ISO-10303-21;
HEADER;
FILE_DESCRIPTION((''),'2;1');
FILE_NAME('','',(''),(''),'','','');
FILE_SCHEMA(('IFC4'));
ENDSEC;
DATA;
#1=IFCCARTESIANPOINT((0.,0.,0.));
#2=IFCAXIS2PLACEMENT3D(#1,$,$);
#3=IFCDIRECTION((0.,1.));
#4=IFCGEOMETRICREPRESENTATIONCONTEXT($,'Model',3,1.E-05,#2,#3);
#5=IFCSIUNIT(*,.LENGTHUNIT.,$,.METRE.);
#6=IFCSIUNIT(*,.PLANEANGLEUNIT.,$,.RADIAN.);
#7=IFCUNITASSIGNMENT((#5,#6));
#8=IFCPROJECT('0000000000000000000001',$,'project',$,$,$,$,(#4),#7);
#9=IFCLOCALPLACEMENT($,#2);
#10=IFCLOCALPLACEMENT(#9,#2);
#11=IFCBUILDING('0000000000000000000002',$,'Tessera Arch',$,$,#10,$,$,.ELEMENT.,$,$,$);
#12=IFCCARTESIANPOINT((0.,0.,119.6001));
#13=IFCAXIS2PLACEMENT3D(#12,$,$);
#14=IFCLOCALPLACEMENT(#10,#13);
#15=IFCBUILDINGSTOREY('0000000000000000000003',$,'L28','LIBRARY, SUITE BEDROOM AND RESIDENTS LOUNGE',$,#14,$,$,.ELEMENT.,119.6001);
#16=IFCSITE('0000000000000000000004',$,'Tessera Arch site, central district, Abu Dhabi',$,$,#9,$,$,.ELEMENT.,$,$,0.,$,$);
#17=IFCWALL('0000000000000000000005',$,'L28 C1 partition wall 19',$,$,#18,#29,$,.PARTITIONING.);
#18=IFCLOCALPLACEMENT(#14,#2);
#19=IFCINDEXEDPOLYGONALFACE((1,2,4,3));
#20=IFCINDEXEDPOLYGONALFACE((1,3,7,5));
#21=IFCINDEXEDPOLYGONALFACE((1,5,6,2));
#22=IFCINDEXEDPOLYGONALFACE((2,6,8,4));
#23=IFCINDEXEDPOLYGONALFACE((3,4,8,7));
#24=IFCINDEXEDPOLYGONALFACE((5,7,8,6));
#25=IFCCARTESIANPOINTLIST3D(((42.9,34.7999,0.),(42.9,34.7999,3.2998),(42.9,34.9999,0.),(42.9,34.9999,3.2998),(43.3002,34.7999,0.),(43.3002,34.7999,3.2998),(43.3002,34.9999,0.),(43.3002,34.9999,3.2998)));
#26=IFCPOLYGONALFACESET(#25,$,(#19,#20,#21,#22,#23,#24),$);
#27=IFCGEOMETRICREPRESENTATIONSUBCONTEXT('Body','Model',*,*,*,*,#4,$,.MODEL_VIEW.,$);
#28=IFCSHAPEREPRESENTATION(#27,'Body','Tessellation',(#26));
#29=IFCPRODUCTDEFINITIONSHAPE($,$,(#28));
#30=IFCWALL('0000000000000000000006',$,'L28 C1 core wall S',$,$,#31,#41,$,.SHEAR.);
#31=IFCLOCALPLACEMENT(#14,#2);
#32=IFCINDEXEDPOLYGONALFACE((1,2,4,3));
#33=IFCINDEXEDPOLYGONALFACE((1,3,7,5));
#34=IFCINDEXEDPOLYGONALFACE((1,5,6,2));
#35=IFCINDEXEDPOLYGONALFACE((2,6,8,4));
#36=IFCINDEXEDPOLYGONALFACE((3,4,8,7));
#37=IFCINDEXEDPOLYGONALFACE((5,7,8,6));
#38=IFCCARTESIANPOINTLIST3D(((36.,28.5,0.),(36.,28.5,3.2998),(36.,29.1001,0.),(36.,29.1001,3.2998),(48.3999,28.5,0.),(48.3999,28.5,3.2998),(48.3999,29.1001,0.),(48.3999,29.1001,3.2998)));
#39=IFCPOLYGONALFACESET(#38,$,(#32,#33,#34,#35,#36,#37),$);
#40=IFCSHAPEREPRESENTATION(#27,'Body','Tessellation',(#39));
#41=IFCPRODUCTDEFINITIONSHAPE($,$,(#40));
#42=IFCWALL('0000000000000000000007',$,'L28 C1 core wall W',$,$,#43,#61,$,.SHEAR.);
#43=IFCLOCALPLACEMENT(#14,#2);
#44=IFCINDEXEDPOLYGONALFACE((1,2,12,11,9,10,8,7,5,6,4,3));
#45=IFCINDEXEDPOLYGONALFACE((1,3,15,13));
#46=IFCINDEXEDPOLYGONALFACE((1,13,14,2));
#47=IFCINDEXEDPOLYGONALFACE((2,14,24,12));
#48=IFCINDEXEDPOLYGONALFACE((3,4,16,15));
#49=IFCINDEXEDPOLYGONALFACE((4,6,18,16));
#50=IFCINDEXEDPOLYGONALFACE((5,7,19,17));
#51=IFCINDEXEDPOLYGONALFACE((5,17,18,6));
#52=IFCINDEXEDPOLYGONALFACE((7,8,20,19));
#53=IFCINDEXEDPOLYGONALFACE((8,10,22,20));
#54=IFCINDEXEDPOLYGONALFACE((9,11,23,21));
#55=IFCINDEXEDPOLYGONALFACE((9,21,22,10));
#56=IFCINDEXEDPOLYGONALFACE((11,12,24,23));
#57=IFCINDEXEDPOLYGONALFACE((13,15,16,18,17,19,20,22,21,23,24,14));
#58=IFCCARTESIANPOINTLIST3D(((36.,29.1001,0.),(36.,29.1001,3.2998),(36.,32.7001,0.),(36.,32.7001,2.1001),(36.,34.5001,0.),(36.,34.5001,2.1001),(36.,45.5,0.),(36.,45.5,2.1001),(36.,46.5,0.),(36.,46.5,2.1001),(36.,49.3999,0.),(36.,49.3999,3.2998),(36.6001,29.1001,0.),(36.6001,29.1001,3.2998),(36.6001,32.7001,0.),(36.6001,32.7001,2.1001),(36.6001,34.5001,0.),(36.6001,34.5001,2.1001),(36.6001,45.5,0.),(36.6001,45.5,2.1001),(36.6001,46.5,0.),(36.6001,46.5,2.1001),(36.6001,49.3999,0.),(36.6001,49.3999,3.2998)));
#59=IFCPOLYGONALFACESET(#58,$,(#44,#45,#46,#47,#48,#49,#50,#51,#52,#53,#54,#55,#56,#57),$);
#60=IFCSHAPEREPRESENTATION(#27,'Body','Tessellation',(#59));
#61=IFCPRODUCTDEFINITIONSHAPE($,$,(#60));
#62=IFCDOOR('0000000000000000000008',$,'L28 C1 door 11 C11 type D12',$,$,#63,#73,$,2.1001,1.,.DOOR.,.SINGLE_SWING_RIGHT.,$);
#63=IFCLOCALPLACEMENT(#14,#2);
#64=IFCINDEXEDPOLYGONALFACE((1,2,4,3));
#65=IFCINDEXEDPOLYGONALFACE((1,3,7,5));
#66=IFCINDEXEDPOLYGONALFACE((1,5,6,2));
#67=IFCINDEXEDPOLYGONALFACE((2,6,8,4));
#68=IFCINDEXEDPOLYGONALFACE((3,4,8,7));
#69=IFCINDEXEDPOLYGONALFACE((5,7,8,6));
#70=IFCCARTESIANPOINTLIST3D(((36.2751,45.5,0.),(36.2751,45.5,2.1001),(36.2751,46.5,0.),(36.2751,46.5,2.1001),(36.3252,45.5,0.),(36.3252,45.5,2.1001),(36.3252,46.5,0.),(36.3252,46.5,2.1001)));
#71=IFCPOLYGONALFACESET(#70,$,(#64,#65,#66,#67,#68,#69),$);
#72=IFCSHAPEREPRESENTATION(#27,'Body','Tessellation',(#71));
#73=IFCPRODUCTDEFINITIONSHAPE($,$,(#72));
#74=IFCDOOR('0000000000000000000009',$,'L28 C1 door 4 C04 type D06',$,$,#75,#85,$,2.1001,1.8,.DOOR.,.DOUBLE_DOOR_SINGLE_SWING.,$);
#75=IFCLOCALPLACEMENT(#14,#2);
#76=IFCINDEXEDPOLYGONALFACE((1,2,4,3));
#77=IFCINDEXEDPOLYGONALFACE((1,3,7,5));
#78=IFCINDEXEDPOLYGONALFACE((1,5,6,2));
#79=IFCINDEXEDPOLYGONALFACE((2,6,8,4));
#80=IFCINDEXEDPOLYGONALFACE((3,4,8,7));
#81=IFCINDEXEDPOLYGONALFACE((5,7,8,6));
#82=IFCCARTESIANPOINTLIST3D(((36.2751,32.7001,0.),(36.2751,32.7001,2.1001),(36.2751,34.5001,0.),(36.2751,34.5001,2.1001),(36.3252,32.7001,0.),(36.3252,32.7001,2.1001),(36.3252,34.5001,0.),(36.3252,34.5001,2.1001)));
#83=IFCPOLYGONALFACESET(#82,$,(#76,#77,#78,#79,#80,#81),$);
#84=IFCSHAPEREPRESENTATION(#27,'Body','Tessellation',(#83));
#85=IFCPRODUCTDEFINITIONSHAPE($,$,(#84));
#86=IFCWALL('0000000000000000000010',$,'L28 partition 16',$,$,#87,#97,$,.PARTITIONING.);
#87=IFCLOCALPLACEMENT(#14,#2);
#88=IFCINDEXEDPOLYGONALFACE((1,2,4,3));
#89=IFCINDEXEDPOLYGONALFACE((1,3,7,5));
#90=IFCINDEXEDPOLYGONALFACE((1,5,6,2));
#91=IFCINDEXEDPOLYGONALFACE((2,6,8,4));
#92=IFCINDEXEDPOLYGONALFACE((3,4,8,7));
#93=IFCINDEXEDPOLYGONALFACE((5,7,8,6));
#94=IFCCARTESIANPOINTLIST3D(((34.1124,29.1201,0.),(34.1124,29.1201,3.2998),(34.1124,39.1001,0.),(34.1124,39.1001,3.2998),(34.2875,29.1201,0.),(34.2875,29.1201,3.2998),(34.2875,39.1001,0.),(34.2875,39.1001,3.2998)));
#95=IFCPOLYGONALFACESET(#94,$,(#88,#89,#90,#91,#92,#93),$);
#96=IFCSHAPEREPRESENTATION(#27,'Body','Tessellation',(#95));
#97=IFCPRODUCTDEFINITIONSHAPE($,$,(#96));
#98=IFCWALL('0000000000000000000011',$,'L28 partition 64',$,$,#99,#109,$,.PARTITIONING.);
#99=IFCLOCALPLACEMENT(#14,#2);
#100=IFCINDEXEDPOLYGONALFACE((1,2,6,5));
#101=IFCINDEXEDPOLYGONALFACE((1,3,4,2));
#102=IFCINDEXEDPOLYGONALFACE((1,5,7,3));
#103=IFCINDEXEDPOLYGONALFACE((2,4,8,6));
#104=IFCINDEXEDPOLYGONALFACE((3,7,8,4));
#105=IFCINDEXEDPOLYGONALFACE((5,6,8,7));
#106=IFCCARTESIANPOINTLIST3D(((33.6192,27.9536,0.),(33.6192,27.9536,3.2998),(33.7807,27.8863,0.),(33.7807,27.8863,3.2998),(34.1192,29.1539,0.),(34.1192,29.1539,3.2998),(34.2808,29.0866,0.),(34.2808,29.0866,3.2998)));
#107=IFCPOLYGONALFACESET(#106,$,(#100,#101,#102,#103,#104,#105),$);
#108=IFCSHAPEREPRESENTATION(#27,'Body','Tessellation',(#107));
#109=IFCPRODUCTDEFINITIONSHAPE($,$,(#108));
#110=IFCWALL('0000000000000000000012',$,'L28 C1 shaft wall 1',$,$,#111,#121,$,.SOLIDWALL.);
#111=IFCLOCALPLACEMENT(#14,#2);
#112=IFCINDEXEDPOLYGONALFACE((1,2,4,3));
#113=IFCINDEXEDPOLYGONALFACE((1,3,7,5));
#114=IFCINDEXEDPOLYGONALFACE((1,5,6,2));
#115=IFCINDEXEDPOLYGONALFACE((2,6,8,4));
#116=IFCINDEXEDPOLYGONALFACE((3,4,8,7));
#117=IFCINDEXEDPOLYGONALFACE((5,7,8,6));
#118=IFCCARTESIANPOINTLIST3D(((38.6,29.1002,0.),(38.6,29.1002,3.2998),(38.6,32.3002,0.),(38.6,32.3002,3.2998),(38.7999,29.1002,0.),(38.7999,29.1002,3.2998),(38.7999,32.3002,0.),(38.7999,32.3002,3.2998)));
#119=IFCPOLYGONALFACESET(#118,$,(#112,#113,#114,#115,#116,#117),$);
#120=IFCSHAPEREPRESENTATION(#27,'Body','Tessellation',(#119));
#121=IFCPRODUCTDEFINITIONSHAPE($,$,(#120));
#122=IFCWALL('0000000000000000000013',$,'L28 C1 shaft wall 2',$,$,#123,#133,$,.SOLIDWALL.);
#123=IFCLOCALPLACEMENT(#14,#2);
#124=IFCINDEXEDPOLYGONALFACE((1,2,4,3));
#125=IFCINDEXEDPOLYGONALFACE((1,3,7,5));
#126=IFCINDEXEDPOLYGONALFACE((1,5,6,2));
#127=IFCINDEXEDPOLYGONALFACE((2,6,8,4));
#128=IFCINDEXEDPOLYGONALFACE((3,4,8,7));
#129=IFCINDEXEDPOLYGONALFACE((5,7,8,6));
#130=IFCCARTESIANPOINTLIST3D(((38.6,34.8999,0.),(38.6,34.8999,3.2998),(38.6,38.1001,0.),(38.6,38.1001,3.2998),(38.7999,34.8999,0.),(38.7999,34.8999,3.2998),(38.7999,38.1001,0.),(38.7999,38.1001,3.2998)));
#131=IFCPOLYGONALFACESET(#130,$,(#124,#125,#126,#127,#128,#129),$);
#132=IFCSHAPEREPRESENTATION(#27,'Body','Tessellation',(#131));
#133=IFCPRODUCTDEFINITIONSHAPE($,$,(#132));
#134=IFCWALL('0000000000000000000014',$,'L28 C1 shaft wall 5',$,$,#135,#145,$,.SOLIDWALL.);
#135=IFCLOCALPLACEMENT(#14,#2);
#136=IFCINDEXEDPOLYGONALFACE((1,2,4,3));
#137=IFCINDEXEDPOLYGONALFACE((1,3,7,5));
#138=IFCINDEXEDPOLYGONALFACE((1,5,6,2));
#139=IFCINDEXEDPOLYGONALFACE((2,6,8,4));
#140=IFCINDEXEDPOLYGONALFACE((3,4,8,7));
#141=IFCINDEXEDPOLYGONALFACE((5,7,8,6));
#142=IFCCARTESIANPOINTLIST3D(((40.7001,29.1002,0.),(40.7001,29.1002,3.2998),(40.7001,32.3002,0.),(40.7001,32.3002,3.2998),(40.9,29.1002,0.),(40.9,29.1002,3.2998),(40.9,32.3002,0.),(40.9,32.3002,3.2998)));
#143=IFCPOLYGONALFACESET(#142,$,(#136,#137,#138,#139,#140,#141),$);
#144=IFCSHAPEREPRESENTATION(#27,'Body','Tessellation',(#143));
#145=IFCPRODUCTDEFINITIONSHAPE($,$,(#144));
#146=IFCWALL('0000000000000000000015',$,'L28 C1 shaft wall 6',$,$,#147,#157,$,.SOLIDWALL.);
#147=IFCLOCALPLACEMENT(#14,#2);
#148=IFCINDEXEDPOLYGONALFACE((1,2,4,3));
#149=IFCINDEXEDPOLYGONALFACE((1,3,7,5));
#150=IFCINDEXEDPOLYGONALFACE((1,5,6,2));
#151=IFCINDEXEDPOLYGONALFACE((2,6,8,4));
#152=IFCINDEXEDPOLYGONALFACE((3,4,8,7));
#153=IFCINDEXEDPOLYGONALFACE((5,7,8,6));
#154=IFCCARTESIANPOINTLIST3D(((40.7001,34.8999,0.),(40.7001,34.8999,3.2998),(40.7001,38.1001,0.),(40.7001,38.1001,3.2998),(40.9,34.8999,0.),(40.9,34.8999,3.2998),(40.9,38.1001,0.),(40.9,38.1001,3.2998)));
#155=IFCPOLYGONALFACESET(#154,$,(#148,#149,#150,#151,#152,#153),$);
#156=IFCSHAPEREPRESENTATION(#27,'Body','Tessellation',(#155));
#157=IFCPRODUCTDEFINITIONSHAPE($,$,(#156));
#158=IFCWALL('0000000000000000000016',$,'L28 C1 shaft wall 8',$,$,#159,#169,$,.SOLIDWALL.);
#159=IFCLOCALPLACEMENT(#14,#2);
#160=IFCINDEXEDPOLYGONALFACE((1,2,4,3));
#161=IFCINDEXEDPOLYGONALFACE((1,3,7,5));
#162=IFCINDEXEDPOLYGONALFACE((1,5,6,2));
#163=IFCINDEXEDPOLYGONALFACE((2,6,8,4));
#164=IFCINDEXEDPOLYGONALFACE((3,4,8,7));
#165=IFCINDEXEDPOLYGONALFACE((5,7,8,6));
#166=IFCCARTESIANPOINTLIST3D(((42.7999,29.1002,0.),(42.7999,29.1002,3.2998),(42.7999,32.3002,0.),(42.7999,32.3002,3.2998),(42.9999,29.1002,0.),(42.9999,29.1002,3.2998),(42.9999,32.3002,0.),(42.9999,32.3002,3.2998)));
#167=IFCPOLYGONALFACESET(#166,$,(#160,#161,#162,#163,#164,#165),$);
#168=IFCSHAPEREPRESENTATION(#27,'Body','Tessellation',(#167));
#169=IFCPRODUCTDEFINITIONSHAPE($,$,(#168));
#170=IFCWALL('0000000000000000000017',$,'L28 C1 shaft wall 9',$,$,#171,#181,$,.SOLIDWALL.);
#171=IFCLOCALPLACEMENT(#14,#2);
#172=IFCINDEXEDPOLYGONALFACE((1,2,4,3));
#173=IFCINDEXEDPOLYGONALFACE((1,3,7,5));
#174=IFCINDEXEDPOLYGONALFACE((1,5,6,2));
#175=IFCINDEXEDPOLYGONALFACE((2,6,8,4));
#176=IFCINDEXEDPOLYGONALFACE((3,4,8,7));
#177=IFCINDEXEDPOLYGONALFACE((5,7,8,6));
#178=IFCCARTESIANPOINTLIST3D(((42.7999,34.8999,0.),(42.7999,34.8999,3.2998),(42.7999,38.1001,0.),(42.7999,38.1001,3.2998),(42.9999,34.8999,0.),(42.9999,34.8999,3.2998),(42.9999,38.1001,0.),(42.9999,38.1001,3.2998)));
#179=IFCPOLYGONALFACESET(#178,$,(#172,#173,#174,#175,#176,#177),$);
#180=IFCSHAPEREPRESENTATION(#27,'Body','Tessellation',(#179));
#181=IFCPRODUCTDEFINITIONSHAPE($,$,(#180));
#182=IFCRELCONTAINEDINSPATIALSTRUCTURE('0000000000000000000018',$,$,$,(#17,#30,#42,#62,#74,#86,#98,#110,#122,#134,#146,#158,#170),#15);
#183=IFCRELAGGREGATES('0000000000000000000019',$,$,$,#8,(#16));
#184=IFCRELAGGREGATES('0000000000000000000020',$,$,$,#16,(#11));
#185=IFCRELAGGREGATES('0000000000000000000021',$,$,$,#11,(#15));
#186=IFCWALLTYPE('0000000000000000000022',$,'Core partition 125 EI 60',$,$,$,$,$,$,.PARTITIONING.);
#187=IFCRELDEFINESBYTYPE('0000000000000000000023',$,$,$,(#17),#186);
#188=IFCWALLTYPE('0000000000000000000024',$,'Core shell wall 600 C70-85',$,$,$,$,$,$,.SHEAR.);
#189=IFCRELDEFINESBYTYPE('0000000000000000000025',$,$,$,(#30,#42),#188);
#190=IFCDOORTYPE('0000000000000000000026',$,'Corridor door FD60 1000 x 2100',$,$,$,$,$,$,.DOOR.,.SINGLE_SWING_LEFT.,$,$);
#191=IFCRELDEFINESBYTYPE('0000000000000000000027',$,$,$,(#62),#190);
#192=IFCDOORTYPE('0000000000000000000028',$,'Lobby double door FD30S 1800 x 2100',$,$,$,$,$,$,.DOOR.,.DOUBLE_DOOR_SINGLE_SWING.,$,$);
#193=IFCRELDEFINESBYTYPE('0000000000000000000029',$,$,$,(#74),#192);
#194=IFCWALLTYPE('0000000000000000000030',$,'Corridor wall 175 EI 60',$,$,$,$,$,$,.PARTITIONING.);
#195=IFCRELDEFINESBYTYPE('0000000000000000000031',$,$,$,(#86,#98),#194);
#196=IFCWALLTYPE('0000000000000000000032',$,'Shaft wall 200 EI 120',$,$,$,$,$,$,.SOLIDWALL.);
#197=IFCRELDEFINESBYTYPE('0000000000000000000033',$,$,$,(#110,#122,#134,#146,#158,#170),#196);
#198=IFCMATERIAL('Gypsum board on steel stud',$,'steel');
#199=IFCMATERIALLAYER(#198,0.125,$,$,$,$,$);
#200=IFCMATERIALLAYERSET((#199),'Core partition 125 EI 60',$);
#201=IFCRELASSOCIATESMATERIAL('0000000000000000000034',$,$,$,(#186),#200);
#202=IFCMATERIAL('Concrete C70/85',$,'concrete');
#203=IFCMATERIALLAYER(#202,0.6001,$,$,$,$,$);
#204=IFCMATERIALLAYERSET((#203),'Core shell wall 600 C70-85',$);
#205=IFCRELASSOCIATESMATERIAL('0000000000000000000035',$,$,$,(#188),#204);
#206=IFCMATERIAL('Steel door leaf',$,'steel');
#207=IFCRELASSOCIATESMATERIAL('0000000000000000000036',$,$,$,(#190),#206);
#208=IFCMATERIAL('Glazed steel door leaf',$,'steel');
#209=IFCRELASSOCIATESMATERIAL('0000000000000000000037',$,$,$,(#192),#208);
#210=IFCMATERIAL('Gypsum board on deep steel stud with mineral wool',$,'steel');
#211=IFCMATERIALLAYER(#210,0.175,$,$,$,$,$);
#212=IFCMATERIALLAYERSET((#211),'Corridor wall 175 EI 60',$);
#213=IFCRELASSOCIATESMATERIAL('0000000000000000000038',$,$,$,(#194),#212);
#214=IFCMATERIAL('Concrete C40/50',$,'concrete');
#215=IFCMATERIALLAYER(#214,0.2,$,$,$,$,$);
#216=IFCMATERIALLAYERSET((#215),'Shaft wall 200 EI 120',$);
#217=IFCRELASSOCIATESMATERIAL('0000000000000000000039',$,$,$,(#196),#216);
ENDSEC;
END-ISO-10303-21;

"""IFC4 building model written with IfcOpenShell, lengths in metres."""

from ifc_helpers import new_model, si_unit, direction, frame, frame_2d, origin, place, context, subcontext, project, spatial, rectangle, extrude, material, layer, layer_set, type_object, element, fill, save


model = new_model("IFC4")

# Units and contexts
model_context = context("Model", 3, precision=1e-05, world=origin(), true_north=direction((0.0, 1.0)))
body_context = subcontext(model_context, "Body", "Model", "MODEL_VIEW")
ifc_project = project(units=[si_unit("LENGTHUNIT", "METRE"), si_unit("PLANEANGLEUNIT", "RADIAN")], contexts=[model_context])

# Site, building, storey
site_placement = place(None, origin())
site = spatial("IfcSite", under=ifc_project, at=site_placement, Name="Tessera Arch site, central district, Abu Dhabi", CompositionType="ELEMENT", RefElevation=0.0)
building_placement = place(site_placement, origin())
building = spatial("IfcBuilding", under=site, at=building_placement, Name="Tessera Arch", CompositionType="ELEMENT")
storey_placement = place(building_placement, frame((0.0, 0.0, 119.6001)))
storey = spatial("IfcBuildingStorey", under=building, at=storey_placement, Name="L28", Description="LIBRARY, SUITE BEDROOM AND RESIDENTS LOUNGE", CompositionType="ELEMENT", Elevation=119.6001)

# Walls
ifc_material_1 = material(Name="Gypsum board on steel stud", Category="steel")
ifc_layer_1 = layer(ifc_material_1, 0.125)
ifc_layer_set_1 = layer_set([ifc_layer_1], Name="Core partition 125 EI 60")
wall_type_1 = type_object("IfcWallType", Name="Core partition 125 EI 60", PredefinedType="PARTITIONING", material=ifc_layer_set_1)
wall_1_placement = place(storey_placement, frame((42.8999, 34.8999, 0.0), z_axis=(0.0, 0.0, 1.0), x_axis=(1.0, 0.0, 0.0)))
element("IfcWall", 1, at=wall_1_placement, inside=storey, type_object=wall_type_1, Name="L28 C1 partition wall 19", PredefinedType="PARTITIONING", context=body_context, shape_type="SweptSolid", body=[
    extrude(rectangle(XDim=0.4001, YDim=0.2, at=frame_2d((0.2002, 0.0))), origin(), (0.0, 0.0, 1.0), 3.2998),
])
ifc_material_2 = material(Name="Concrete C70/85", Category="concrete")
ifc_layer_2 = layer(ifc_material_2, 0.6001)
ifc_layer_set_2 = layer_set([ifc_layer_2], Name="Core shell wall 600 C70-85")
wall_type_2 = type_object("IfcWallType", Name="Core shell wall 600 C70-85", PredefinedType="SHEAR", material=ifc_layer_set_2)
wall_2_placement = place(storey_placement, frame((36.0, 28.8, 0.0), z_axis=(0.0, 0.0, 1.0), x_axis=(1.0, 0.0, 0.0)))
element("IfcWall", 2, at=wall_2_placement, inside=storey, type_object=wall_type_2, Name="L28 C1 core wall S", PredefinedType="SHEAR", context=body_context, shape_type="SweptSolid", body=[
    extrude(rectangle(XDim=12.3999, YDim=0.6001, at=frame_2d((6.2, 0.0))), origin(), (0.0, 0.0, 1.0), 3.2998),
])

# Wall, openings, doors
wall_3_placement = place(storey_placement, frame((36.3, 29.1001, 0.0), z_axis=(0.0, 0.0, 1.0), x_axis=(0.0, 1.0, 0.0)))
wall_3 = element("IfcWall", 3, at=wall_3_placement, inside=storey, type_object=wall_type_2, Name="L28 C1 core wall W", PredefinedType="SHEAR", context=body_context, shape_type="SweptSolid", body=[
    extrude(rectangle(XDim=20.2998, YDim=0.6001, at=frame_2d((10.1499, 0.0))), origin(), (0.0, 0.0, 1.0), 3.2998),
])
opening_1_placement = place(wall_3_placement, frame((3.6001, 0.0, 0.0)))
opening_1 = element("IfcOpeningElement", 4, at=opening_1_placement, cuts=wall_3, PredefinedType="OPENING", context=body_context, shape_type="SweptSolid", body=[
    extrude(rectangle(XDim=1.8, YDim=2.1001, at=frame_2d((0.8999, 1.05))), frame((0.0, 0.3101, 0.0), z_axis=(0.0, -1.0, 0.0), x_axis=(1.0, 0.0, 0.0)), (0.0, 0.0, 1.0), 0.6201),
])
opening_2_placement = place(wall_3_placement, frame((16.3999, 0.0, 0.0)))
opening_2 = element("IfcOpeningElement", 5, at=opening_2_placement, cuts=wall_3, PredefinedType="OPENING", context=body_context, shape_type="SweptSolid", body=[
    extrude(rectangle(XDim=1.0, YDim=2.1001, at=frame_2d((0.5, 1.05))), frame((0.0, 0.3101, 0.0), z_axis=(0.0, -1.0, 0.0), x_axis=(1.0, 0.0, 0.0)), (0.0, 0.0, 1.0), 0.6201),
])
ifc_material_3 = material(Name="Steel door leaf", Category="steel")
door_type_1 = type_object("IfcDoorType", Name="Corridor door FD60 1000 x 2100", OperationType="SINGLE_SWING_LEFT", PredefinedType="DOOR", material=ifc_material_3)
door_1_placement = place(opening_2_placement, origin())
door_1 = element("IfcDoor", 6, at=door_1_placement, inside=storey, type_object=door_type_1, Name="L28 C1 door 11 C11 type D12", OperationType="SINGLE_SWING_RIGHT", OverallHeight=2.1001, OverallWidth=1.0, PredefinedType="DOOR", context=body_context, shape_type="SweptSolid", body=[
    extrude(rectangle(XDim=1.0, YDim=2.1001, at=frame_2d((0.5, 1.05))), frame((0.0, 0.0249, 0.0), z_axis=(0.0, -1.0, 0.0), x_axis=(1.0, 0.0, 0.0)), (0.0, 0.0, 1.0), 0.05),
])
fill(opening_2, door_1)
ifc_material_4 = material(Name="Glazed steel door leaf", Category="steel")
door_type_2 = type_object("IfcDoorType", Name="Lobby double door FD30S 1800 x 2100", OperationType="DOUBLE_DOOR_SINGLE_SWING", PredefinedType="DOOR", material=ifc_material_4)
door_2_placement = place(opening_1_placement, origin())
door_2 = element("IfcDoor", 7, at=door_2_placement, inside=storey, type_object=door_type_2, Name="L28 C1 door 4 C04 type D06", OperationType="DOUBLE_DOOR_SINGLE_SWING", OverallHeight=2.1001, OverallWidth=1.8, PredefinedType="DOOR", context=body_context, shape_type="SweptSolid", body=[
    extrude(rectangle(XDim=1.8, YDim=2.1001, at=frame_2d((0.8999, 1.05))), frame((0.0, 0.0249, 0.0), z_axis=(0.0, -1.0, 0.0), x_axis=(1.0, 0.0, 0.0)), (0.0, 0.0, 1.0), 0.05),
])
fill(opening_1, door_2)

# Walls
ifc_material_5 = material(Name="Gypsum board on deep steel stud with mineral wool", Category="steel")
ifc_layer_3 = layer(ifc_material_5, 0.175)
ifc_layer_set_3 = layer_set([ifc_layer_3], Name="Corridor wall 175 EI 60")
wall_type_3 = type_object("IfcWallType", Name="Corridor wall 175 EI 60", PredefinedType="PARTITIONING", material=ifc_layer_set_3)
wall_4_placement = place(storey_placement, frame((34.2, 29.1201, 0.0), z_axis=(0.0, 0.0, 1.0), x_axis=(0.0, 1.0, 0.0)))
element("IfcWall", 8, at=wall_4_placement, inside=storey, type_object=wall_type_3, Name="L28 partition 16", PredefinedType="PARTITIONING", context=body_context, shape_type="SweptSolid", body=[
    extrude(rectangle(XDim=9.98, YDim=0.175, at=frame_2d((4.99, 0.0))), origin(), (0.0, 0.0, 1.0), 3.2998),
])
wall_5_placement = place(storey_placement, frame((33.7, 27.9199, 0.0), z_axis=(0.0, 0.0, 1.0), x_axis=(0.384562, 0.923099, 0.0)))
element("IfcWall", 9, at=wall_5_placement, inside=storey, type_object=wall_type_3, Name="L28 partition 64", PredefinedType="PARTITIONING", context=body_context, shape_type="SweptSolid", body=[
    extrude(rectangle(XDim=1.3003, YDim=0.175, at=frame_2d((0.6501, 0.0))), origin(), (0.0, 0.0, 1.0), 3.2998),
])
ifc_material_6 = material(Name="Concrete C40/50", Category="concrete")
ifc_layer_4 = layer(ifc_material_6, 0.2)
ifc_layer_set_4 = layer_set([ifc_layer_4], Name="Shaft wall 200 EI 120")
wall_type_4 = type_object("IfcWallType", Name="Shaft wall 200 EI 120", PredefinedType="SOLIDWALL", material=ifc_layer_set_4)
wall_6_placement = place(storey_placement, frame((38.7, 29.1001, 0.0), z_axis=(0.0, 0.0, 1.0), x_axis=(0.0, 1.0, 0.0)))
element("IfcWall", 10, at=wall_6_placement, inside=storey, type_object=wall_type_4, Name="L28 C1 shaft wall 1", PredefinedType="SOLIDWALL", context=body_context, shape_type="SweptSolid", body=[
    extrude(rectangle(XDim=3.2, YDim=0.2, at=frame_2d((1.6001, 0.0))), origin(), (0.0, 0.0, 1.0), 3.2998),
])
wall_7_placement = place(storey_placement, frame((38.7, 34.8999, 0.0), z_axis=(0.0, 0.0, 1.0), x_axis=(0.0, 1.0, 0.0)))
element("IfcWall", 11, at=wall_7_placement, inside=storey, type_object=wall_type_4, Name="L28 C1 shaft wall 2", PredefinedType="SOLIDWALL", context=body_context, shape_type="SweptSolid", body=[
    extrude(rectangle(XDim=3.2002, YDim=0.2, at=frame_2d((1.6001, 0.0))), origin(), (0.0, 0.0, 1.0), 3.2998),
])
wall_8_placement = place(storey_placement, frame((40.8, 29.1001, 0.0), z_axis=(0.0, 0.0, 1.0), x_axis=(0.0, 1.0, 0.0)))
element("IfcWall", 12, at=wall_8_placement, inside=storey, type_object=wall_type_4, Name="L28 C1 shaft wall 5", PredefinedType="SOLIDWALL", context=body_context, shape_type="SweptSolid", body=[
    extrude(rectangle(XDim=3.2, YDim=0.2, at=frame_2d((1.6001, 0.0))), origin(), (0.0, 0.0, 1.0), 3.2998),
])
wall_9_placement = place(storey_placement, frame((40.8, 34.8999, 0.0), z_axis=(0.0, 0.0, 1.0), x_axis=(0.0, 1.0, 0.0)))
element("IfcWall", 13, at=wall_9_placement, inside=storey, type_object=wall_type_4, Name="L28 C1 shaft wall 6", PredefinedType="SOLIDWALL", context=body_context, shape_type="SweptSolid", body=[
    extrude(rectangle(XDim=3.2002, YDim=0.2, at=frame_2d((1.6001, 0.0))), origin(), (0.0, 0.0, 1.0), 3.2998),
])
wall_10_placement = place(storey_placement, frame((42.8999, 29.1001, 0.0), z_axis=(0.0, 0.0, 1.0), x_axis=(0.0, 1.0, 0.0)))
element("IfcWall", 14, at=wall_10_placement, inside=storey, type_object=wall_type_4, Name="L28 C1 shaft wall 8", PredefinedType="SOLIDWALL", context=body_context, shape_type="SweptSolid", body=[
    extrude(rectangle(XDim=3.2, YDim=0.2, at=frame_2d((1.6001, 0.0))), origin(), (0.0, 0.0, 1.0), 3.2998),
])
wall_11_placement = place(storey_placement, frame((42.8999, 34.8999, 0.0), z_axis=(0.0, 0.0, 1.0), x_axis=(0.0, 1.0, 0.0)))
element("IfcWall", 15, at=wall_11_placement, inside=storey, type_object=wall_type_4, Name="L28 C1 shaft wall 9", PredefinedType="SOLIDWALL", context=body_context, shape_type="SweptSolid", body=[
    extrude(rectangle(XDim=3.2002, YDim=0.2, at=frame_2d((1.6001, 0.0))), origin(), (0.0, 0.0, 1.0), 3.2998),
])

save(model, "model.ifc")
